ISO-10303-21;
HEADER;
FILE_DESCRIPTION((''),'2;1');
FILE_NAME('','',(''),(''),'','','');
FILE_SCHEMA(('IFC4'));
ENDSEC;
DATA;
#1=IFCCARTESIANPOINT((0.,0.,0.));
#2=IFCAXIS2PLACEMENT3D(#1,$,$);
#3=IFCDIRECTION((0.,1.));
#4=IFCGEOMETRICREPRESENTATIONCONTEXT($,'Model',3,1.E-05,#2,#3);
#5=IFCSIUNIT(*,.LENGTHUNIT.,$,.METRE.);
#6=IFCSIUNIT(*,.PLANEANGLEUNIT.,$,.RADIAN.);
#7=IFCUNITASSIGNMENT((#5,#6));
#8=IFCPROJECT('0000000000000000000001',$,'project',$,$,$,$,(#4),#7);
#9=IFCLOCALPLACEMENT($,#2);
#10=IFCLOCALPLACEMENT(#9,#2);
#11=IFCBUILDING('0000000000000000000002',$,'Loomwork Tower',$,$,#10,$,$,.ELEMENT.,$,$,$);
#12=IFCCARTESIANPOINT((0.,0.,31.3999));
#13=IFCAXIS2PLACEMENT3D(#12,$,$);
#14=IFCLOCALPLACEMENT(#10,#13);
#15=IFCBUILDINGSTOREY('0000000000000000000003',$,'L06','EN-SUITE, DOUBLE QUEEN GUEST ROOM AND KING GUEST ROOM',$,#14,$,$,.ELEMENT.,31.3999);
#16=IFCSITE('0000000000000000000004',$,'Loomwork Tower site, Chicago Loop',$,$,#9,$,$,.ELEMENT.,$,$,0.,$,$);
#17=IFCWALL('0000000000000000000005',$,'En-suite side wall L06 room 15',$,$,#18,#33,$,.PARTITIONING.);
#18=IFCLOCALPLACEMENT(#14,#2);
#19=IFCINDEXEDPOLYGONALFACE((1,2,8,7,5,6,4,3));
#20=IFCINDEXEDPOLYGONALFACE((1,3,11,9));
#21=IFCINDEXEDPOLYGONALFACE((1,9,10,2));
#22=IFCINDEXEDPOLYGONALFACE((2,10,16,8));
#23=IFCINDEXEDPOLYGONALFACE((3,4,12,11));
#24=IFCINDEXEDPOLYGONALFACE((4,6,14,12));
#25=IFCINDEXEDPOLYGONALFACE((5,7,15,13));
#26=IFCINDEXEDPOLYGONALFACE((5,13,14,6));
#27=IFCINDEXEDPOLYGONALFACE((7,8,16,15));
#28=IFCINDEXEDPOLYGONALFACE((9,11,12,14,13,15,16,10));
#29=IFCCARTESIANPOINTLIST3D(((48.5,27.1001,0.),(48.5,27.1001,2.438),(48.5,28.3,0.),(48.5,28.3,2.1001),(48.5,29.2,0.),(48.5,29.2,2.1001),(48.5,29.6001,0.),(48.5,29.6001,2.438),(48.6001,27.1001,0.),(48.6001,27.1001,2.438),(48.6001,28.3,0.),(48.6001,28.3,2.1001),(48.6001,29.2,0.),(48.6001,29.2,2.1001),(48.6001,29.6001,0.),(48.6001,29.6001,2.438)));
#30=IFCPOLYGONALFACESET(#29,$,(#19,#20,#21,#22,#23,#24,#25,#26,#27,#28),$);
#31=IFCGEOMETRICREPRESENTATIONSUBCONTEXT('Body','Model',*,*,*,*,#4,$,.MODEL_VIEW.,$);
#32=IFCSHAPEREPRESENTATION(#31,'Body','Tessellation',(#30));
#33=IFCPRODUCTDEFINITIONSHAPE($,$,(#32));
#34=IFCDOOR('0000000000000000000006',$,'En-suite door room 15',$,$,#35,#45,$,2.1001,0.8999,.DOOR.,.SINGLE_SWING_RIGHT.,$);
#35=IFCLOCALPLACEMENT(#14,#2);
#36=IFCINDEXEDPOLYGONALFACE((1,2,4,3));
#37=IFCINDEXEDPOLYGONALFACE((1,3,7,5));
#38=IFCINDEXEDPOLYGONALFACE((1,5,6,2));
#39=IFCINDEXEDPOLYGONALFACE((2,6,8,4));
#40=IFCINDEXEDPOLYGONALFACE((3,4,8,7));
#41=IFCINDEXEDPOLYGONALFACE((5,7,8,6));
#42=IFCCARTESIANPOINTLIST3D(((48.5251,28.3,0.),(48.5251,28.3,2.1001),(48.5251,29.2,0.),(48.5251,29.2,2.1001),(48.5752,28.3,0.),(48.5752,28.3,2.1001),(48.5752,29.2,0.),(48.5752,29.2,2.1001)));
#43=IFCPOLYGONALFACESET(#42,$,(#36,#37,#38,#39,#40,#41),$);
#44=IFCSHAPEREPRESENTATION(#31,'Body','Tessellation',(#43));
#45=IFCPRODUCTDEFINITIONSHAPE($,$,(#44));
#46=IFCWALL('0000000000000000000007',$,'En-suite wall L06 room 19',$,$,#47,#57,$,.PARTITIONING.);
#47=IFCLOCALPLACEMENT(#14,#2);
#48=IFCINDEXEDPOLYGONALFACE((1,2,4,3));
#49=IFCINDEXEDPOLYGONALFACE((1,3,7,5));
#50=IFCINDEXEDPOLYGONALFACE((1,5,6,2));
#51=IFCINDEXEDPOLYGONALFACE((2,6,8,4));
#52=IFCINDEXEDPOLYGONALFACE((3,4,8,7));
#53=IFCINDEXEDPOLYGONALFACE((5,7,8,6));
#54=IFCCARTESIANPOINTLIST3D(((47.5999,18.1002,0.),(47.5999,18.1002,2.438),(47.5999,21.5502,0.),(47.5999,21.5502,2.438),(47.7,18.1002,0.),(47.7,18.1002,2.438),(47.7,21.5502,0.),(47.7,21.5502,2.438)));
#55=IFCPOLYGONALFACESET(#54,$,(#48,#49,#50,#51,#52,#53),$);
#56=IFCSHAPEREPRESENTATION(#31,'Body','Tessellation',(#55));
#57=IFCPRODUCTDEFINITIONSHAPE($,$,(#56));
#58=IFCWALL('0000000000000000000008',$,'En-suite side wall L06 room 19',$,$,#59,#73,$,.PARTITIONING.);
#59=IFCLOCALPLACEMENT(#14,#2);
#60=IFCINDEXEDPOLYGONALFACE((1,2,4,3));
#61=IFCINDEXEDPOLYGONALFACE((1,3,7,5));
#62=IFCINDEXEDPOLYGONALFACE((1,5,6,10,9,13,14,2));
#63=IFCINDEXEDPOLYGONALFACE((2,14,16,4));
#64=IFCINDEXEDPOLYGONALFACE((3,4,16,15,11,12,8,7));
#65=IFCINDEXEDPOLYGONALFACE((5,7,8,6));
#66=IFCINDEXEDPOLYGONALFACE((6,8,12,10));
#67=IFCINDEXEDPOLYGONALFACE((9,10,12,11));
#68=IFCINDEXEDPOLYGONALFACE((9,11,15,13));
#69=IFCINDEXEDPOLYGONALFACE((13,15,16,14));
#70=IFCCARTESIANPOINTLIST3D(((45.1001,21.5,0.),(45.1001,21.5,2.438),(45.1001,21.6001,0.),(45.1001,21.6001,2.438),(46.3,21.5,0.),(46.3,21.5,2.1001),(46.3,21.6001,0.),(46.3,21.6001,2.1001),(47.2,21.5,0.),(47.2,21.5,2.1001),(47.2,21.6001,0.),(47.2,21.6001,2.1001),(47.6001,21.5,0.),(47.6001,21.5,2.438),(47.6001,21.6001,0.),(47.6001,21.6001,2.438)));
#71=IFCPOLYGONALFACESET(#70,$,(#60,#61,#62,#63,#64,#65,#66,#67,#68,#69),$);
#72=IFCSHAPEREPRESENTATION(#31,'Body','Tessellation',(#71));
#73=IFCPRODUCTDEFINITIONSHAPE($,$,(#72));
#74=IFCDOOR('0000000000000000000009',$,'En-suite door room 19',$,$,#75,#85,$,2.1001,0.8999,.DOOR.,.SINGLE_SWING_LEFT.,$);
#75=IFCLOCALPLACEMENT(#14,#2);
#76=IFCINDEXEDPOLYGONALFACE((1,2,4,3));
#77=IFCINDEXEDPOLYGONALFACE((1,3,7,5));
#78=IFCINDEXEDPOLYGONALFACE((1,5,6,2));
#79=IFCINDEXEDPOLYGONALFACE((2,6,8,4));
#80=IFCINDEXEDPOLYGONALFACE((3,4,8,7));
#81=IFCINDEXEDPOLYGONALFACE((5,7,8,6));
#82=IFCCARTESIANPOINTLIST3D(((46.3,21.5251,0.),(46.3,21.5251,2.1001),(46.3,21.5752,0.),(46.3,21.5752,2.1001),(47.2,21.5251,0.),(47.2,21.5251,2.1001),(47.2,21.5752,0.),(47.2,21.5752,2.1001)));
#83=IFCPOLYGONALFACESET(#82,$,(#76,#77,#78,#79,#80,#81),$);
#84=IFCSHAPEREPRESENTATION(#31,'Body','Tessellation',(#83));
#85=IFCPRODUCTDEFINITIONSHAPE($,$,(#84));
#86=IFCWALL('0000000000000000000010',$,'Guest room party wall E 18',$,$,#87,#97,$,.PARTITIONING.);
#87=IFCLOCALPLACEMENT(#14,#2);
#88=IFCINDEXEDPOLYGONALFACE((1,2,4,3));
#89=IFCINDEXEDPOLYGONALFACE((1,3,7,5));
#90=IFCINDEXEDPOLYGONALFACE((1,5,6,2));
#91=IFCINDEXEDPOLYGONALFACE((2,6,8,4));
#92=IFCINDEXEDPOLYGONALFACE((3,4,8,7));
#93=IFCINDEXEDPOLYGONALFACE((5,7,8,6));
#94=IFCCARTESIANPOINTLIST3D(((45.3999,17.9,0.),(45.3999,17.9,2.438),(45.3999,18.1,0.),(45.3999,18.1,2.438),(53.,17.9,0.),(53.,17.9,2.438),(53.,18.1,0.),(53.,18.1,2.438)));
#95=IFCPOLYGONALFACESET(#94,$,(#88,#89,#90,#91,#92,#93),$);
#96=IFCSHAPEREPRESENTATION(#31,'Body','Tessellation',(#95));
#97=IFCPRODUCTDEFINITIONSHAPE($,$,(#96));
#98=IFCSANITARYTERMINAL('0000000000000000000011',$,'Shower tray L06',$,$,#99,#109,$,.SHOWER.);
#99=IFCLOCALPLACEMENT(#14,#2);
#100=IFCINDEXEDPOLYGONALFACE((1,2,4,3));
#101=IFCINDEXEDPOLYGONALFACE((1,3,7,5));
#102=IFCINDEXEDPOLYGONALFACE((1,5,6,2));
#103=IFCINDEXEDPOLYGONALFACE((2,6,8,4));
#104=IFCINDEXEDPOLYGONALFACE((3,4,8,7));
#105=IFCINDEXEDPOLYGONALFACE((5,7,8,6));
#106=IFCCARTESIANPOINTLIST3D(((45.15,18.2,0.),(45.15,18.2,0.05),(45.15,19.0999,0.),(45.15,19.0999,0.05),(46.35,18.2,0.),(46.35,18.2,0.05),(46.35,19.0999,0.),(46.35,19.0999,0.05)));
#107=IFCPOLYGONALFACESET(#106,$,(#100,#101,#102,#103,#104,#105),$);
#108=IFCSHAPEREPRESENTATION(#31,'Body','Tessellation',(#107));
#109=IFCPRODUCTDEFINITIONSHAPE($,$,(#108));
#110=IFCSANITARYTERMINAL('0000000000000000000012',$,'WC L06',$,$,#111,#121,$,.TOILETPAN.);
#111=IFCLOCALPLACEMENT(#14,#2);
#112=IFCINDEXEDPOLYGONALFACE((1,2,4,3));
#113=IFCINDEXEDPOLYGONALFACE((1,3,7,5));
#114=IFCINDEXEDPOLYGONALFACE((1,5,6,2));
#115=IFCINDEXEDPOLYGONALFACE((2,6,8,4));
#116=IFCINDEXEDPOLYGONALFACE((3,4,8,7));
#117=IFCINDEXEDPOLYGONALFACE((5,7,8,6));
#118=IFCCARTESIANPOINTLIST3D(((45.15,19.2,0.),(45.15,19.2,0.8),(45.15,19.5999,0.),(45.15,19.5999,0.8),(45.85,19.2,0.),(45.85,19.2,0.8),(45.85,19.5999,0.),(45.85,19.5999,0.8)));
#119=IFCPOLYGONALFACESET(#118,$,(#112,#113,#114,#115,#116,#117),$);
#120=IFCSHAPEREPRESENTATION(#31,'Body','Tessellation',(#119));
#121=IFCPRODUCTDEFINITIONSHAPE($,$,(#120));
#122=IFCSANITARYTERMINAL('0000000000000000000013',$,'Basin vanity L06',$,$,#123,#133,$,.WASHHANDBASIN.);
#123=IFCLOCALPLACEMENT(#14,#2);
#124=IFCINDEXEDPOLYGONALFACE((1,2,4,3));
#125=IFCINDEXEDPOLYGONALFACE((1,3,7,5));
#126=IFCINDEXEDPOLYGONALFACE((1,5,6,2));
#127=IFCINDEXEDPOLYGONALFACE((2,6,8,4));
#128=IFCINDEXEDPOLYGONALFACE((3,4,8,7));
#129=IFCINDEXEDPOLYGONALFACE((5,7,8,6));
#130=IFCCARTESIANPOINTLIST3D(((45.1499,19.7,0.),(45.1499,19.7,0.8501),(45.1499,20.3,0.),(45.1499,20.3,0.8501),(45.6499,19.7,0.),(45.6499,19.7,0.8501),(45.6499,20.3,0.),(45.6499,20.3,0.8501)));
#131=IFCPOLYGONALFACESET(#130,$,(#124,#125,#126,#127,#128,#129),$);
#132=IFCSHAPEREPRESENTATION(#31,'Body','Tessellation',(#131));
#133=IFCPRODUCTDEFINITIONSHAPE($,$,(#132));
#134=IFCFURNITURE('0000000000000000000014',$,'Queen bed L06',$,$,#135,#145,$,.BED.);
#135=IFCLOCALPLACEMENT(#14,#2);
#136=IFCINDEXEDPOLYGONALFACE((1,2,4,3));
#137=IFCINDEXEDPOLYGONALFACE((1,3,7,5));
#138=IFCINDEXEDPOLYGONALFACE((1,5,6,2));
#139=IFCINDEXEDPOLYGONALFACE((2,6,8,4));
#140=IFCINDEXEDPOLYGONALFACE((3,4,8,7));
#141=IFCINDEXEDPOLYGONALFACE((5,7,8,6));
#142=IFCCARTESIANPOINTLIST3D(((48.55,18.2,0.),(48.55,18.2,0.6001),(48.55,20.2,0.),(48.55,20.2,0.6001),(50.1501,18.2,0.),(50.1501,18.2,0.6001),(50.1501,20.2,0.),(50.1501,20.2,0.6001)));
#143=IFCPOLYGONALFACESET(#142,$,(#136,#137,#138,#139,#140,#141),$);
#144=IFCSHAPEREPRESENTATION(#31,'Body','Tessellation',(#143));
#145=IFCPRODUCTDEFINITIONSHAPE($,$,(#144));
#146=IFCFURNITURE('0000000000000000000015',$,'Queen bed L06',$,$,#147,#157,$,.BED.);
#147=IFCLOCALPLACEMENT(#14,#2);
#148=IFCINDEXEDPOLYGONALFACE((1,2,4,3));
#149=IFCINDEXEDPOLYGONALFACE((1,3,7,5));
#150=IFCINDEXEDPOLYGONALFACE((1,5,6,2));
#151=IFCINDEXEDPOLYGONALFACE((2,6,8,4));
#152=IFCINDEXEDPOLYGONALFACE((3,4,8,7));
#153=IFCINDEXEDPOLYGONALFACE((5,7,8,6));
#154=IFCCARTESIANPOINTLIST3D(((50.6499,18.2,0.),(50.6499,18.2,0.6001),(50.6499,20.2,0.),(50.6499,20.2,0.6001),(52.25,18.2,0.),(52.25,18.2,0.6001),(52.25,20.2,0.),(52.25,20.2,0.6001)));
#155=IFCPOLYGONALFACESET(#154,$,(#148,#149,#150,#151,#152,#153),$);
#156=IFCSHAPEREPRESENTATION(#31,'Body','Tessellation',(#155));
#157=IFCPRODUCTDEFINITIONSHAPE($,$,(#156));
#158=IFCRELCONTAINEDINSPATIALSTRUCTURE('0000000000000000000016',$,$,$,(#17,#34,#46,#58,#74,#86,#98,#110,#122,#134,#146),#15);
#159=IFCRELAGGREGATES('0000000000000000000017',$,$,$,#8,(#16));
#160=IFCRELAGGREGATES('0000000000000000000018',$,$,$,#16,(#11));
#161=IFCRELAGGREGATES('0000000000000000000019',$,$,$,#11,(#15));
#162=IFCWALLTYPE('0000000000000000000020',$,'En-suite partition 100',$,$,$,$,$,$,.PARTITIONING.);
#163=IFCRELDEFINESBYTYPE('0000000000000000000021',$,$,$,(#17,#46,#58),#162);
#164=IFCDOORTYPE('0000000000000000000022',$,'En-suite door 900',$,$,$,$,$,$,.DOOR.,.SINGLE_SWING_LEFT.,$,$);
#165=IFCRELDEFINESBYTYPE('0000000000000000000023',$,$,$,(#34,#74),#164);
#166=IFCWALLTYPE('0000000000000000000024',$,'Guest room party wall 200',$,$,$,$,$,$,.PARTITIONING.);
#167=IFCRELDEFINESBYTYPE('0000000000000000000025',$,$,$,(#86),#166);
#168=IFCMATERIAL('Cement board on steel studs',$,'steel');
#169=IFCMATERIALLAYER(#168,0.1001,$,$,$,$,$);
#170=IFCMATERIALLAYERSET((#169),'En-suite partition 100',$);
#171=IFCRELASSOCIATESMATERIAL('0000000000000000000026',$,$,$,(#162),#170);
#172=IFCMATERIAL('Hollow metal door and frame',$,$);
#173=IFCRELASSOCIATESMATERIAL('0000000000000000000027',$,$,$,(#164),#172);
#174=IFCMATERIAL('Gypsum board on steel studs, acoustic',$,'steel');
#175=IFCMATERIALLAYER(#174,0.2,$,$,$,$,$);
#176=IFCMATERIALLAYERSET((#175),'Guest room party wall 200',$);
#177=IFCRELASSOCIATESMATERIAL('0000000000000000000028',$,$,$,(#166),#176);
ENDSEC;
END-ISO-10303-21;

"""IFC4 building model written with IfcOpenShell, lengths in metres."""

from ifc_helpers import new_model, si_unit, direction, frame, frame_2d, origin, origin_2d, place, context, subcontext, project, spatial, rectangle, extrude, material, layer, layer_set, type_object, element, fill, save


model = new_model("IFC4")

# Units and contexts
model_context = context("Model", 3, precision=1e-05, world=origin(), true_north=direction((0.0, 1.0)))
body_context = subcontext(model_context, "Body", "Model", "MODEL_VIEW")
ifc_project = project(units=[si_unit("LENGTHUNIT", "METRE"), si_unit("PLANEANGLEUNIT", "RADIAN")], contexts=[model_context])

# Site, building, storey
site_placement = place(None, origin())
site = spatial("IfcSite", under=ifc_project, at=site_placement, Name="Loomwork Tower site, Chicago Loop", CompositionType="ELEMENT", RefElevation=0.0)
building_placement = place(site_placement, origin())
building = spatial("IfcBuilding", under=site, at=building_placement, Name="Loomwork Tower", CompositionType="ELEMENT")
storey_placement = place(building_placement, frame((0.0, 0.0, 31.3999)))
storey = spatial("IfcBuildingStorey", under=building, at=storey_placement, Name="L06", Description="EN-SUITE, DOUBLE QUEEN GUEST ROOM AND KING GUEST ROOM", CompositionType="ELEMENT", Elevation=31.3999)

# Wall, opening, door
ifc_material_1 = material(Name="Cement board on steel studs", Category="steel")
ifc_layer_1 = layer(ifc_material_1, 0.1001)
ifc_layer_set_1 = layer_set([ifc_layer_1], Name="En-suite partition 100")
wall_type_1 = type_object("IfcWallType", Name="En-suite partition 100", PredefinedType="PARTITIONING", material=ifc_layer_set_1)
wall_1_placement = place(storey_placement, frame((48.55, 27.1001, 0.0), z_axis=(0.0, 0.0, 1.0), x_axis=(0.0, 1.0, 0.0)))
wall_1 = element("IfcWall", 1, at=wall_1_placement, inside=storey, type_object=wall_type_1, Name="En-suite side wall L06 room 15", PredefinedType="PARTITIONING", context=body_context, shape_type="SweptSolid", body=[
    extrude(rectangle(XDim=2.5, YDim=0.1001, at=frame_2d((1.25, 0.0))), origin(), (0.0, 0.0, 1.0), 2.438),
])
opening_1_placement = place(wall_1_placement, frame((1.2, 0.0, 0.0)))
opening_1 = element("IfcOpeningElement", 2, at=opening_1_placement, cuts=wall_1, PredefinedType="OPENING", context=body_context, shape_type="SweptSolid", body=[
    extrude(rectangle(XDim=0.8999, YDim=2.1001, at=frame_2d((0.45, 1.05))), frame((0.0, 0.0601, 0.0), z_axis=(0.0, -1.0, 0.0), x_axis=(1.0, 0.0, 0.0)), (0.0, 0.0, 1.0), 0.1201),
])
ifc_material_2 = material(Name="Hollow metal door and frame")
door_type_1 = type_object("IfcDoorType", Name="En-suite door 900", OperationType="SINGLE_SWING_LEFT", PredefinedType="DOOR", material=ifc_material_2)
door_1_placement = place(opening_1_placement, origin())
door_1 = element("IfcDoor", 3, at=door_1_placement, inside=storey, type_object=door_type_1, Name="En-suite door room 15", OperationType="SINGLE_SWING_RIGHT", OverallHeight=2.1001, OverallWidth=0.8999, PredefinedType="DOOR", context=body_context, shape_type="SweptSolid", body=[
    extrude(rectangle(XDim=0.8999, YDim=2.1001, at=frame_2d((0.45, 1.05))), frame((0.0, 0.0249, 0.0), z_axis=(0.0, -1.0, 0.0), x_axis=(1.0, 0.0, 0.0)), (0.0, 0.0, 1.0), 0.05),
])
fill(opening_1, door_1)

# Wall
wall_2_placement = place(storey_placement, frame((47.6499, 18.1001, 0.0), z_axis=(0.0, 0.0, 1.0), x_axis=(0.0, 1.0, 0.0)))
element("IfcWall", 4, at=wall_2_placement, inside=storey, type_object=wall_type_1, Name="En-suite wall L06 room 19", PredefinedType="PARTITIONING", context=body_context, shape_type="SweptSolid", body=[
    extrude(rectangle(XDim=3.45, YDim=0.1001, at=frame_2d((1.7251, 0.0))), origin(), (0.0, 0.0, 1.0), 2.438),
])

# Wall, opening, door
wall_3_placement = place(storey_placement, frame((45.1001, 21.55, 0.0), z_axis=(0.0, 0.0, 1.0), x_axis=(1.0, 0.0, 0.0)))
wall_3 = element("IfcWall", 5, at=wall_3_placement, inside=storey, type_object=wall_type_1, Name="En-suite side wall L06 room 19", PredefinedType="PARTITIONING", context=body_context, shape_type="SweptSolid", body=[
    extrude(rectangle(XDim=2.5, YDim=0.1001, at=frame_2d((1.25, 0.0))), origin(), (0.0, 0.0, 1.0), 2.438),
])
opening_2_placement = place(wall_3_placement, frame((1.2, 0.0, 0.0)))
opening_2 = element("IfcOpeningElement", 6, at=opening_2_placement, cuts=wall_3, PredefinedType="OPENING", context=body_context, shape_type="SweptSolid", body=[
    extrude(rectangle(XDim=0.8999, YDim=2.1001, at=frame_2d((0.45, 1.05))), frame((0.0, 0.0601, 0.0), z_axis=(0.0, -1.0, 0.0), x_axis=(1.0, 0.0, 0.0)), (0.0, 0.0, 1.0), 0.1201),
])
door_2_placement = place(opening_2_placement, frame((0.8999, 0.0, 0.0), z_axis=(0.0, 0.0, 1.0), x_axis=(-1.0, 0.0, 0.0)))
door_2 = element("IfcDoor", 7, at=door_2_placement, inside=storey, type_object=door_type_1, Name="En-suite door room 19", OperationType="SINGLE_SWING_LEFT", OverallHeight=2.1001, OverallWidth=0.8999, PredefinedType="DOOR", context=body_context, shape_type="SweptSolid", body=[
    extrude(rectangle(XDim=0.8999, YDim=2.1001, at=frame_2d((0.45, 1.05))), frame((0.0, 0.0249, 0.0), z_axis=(0.0, -1.0, 0.0), x_axis=(1.0, 0.0, 0.0)), (0.0, 0.0, 1.0), 0.05),
])
fill(opening_2, door_2)

# Wall
ifc_material_3 = material(Name="Gypsum board on steel studs, acoustic", Category="steel")
ifc_layer_2 = layer(ifc_material_3, 0.2)
ifc_layer_set_2 = layer_set([ifc_layer_2], Name="Guest room party wall 200")
wall_type_2 = type_object("IfcWallType", Name="Guest room party wall 200", PredefinedType="PARTITIONING", material=ifc_layer_set_2)
wall_4_placement = place(storey_placement, frame((45.3999, 18.0, 0.0), z_axis=(0.0, 0.0, 1.0), x_axis=(1.0, 0.0, 0.0)))
element("IfcWall", 8, at=wall_4_placement, inside=storey, type_object=wall_type_2, Name="Guest room party wall E 18", PredefinedType="PARTITIONING", context=body_context, shape_type="SweptSolid", body=[
    extrude(rectangle(XDim=7.6001, YDim=0.2, at=frame_2d((3.8, 0.0))), origin(), (0.0, 0.0, 1.0), 2.438),
])

# Sanitary terminals
sanitary_terminal_1_placement = place(storey_placement, frame((45.75, 18.6499, 0.0), z_axis=(0.0, 0.0, 1.0), x_axis=(1.0, 0.0, 0.0)))
element("IfcSanitaryTerminal", 9, at=sanitary_terminal_1_placement, inside=storey, Name="Shower tray L06", PredefinedType="SHOWER", context=body_context, shape_type="SweptSolid", body=[
    extrude(rectangle(XDim=1.2, YDim=0.8999, at=origin_2d()), origin(), (0.0, 0.0, 1.0), 0.05),
])
sanitary_terminal_2_placement = place(storey_placement, frame((45.5, 19.3999, 0.0), z_axis=(0.0, 0.0, 1.0), x_axis=(1.0, 0.0, 0.0)))
element("IfcSanitaryTerminal", 10, at=sanitary_terminal_2_placement, inside=storey, Name="WC L06", PredefinedType="TOILETPAN", context=body_context, shape_type="SweptSolid", body=[
    extrude(rectangle(XDim=0.7, YDim=0.3999, at=origin_2d()), origin(), (0.0, 0.0, 1.0), 0.8),
])
sanitary_terminal_3_placement = place(storey_placement, frame((45.3999, 20.0, 0.0), z_axis=(0.0, 0.0, 1.0), x_axis=(1.0, 0.0, 0.0)))
element("IfcSanitaryTerminal", 11, at=sanitary_terminal_3_placement, inside=storey, Name="Basin vanity L06", PredefinedType="WASHHANDBASIN", context=body_context, shape_type="SweptSolid", body=[
    extrude(rectangle(XDim=0.5, YDim=0.6001, at=origin_2d()), origin(), (0.0, 0.0, 1.0), 0.8501),
])

# Furniture
for number, where, z_axis, x_axis, name in (
    (12, (49.3501, 19.2, 0.0), (0.0, 0.0, 1.0), (1.0, 0.0, 0.0), "Queen bed L06"),
    (13, (51.45, 19.2, 0.0), (0.0, 0.0, 1.0), (1.0, 0.0, 0.0), "Queen bed L06"),
):
    element("IfcFurniture", number, at=place(storey_placement, frame(where, z_axis=z_axis, x_axis=x_axis)), inside=storey, Name=name, PredefinedType="BED", context=body_context, shape_type="SweptSolid", body=[
        extrude(rectangle(XDim=1.6001, YDim=2.0, at=origin_2d()), origin(), (0.0, 0.0, 1.0), 0.6001),
    ])

save(model, "model.ifc")
